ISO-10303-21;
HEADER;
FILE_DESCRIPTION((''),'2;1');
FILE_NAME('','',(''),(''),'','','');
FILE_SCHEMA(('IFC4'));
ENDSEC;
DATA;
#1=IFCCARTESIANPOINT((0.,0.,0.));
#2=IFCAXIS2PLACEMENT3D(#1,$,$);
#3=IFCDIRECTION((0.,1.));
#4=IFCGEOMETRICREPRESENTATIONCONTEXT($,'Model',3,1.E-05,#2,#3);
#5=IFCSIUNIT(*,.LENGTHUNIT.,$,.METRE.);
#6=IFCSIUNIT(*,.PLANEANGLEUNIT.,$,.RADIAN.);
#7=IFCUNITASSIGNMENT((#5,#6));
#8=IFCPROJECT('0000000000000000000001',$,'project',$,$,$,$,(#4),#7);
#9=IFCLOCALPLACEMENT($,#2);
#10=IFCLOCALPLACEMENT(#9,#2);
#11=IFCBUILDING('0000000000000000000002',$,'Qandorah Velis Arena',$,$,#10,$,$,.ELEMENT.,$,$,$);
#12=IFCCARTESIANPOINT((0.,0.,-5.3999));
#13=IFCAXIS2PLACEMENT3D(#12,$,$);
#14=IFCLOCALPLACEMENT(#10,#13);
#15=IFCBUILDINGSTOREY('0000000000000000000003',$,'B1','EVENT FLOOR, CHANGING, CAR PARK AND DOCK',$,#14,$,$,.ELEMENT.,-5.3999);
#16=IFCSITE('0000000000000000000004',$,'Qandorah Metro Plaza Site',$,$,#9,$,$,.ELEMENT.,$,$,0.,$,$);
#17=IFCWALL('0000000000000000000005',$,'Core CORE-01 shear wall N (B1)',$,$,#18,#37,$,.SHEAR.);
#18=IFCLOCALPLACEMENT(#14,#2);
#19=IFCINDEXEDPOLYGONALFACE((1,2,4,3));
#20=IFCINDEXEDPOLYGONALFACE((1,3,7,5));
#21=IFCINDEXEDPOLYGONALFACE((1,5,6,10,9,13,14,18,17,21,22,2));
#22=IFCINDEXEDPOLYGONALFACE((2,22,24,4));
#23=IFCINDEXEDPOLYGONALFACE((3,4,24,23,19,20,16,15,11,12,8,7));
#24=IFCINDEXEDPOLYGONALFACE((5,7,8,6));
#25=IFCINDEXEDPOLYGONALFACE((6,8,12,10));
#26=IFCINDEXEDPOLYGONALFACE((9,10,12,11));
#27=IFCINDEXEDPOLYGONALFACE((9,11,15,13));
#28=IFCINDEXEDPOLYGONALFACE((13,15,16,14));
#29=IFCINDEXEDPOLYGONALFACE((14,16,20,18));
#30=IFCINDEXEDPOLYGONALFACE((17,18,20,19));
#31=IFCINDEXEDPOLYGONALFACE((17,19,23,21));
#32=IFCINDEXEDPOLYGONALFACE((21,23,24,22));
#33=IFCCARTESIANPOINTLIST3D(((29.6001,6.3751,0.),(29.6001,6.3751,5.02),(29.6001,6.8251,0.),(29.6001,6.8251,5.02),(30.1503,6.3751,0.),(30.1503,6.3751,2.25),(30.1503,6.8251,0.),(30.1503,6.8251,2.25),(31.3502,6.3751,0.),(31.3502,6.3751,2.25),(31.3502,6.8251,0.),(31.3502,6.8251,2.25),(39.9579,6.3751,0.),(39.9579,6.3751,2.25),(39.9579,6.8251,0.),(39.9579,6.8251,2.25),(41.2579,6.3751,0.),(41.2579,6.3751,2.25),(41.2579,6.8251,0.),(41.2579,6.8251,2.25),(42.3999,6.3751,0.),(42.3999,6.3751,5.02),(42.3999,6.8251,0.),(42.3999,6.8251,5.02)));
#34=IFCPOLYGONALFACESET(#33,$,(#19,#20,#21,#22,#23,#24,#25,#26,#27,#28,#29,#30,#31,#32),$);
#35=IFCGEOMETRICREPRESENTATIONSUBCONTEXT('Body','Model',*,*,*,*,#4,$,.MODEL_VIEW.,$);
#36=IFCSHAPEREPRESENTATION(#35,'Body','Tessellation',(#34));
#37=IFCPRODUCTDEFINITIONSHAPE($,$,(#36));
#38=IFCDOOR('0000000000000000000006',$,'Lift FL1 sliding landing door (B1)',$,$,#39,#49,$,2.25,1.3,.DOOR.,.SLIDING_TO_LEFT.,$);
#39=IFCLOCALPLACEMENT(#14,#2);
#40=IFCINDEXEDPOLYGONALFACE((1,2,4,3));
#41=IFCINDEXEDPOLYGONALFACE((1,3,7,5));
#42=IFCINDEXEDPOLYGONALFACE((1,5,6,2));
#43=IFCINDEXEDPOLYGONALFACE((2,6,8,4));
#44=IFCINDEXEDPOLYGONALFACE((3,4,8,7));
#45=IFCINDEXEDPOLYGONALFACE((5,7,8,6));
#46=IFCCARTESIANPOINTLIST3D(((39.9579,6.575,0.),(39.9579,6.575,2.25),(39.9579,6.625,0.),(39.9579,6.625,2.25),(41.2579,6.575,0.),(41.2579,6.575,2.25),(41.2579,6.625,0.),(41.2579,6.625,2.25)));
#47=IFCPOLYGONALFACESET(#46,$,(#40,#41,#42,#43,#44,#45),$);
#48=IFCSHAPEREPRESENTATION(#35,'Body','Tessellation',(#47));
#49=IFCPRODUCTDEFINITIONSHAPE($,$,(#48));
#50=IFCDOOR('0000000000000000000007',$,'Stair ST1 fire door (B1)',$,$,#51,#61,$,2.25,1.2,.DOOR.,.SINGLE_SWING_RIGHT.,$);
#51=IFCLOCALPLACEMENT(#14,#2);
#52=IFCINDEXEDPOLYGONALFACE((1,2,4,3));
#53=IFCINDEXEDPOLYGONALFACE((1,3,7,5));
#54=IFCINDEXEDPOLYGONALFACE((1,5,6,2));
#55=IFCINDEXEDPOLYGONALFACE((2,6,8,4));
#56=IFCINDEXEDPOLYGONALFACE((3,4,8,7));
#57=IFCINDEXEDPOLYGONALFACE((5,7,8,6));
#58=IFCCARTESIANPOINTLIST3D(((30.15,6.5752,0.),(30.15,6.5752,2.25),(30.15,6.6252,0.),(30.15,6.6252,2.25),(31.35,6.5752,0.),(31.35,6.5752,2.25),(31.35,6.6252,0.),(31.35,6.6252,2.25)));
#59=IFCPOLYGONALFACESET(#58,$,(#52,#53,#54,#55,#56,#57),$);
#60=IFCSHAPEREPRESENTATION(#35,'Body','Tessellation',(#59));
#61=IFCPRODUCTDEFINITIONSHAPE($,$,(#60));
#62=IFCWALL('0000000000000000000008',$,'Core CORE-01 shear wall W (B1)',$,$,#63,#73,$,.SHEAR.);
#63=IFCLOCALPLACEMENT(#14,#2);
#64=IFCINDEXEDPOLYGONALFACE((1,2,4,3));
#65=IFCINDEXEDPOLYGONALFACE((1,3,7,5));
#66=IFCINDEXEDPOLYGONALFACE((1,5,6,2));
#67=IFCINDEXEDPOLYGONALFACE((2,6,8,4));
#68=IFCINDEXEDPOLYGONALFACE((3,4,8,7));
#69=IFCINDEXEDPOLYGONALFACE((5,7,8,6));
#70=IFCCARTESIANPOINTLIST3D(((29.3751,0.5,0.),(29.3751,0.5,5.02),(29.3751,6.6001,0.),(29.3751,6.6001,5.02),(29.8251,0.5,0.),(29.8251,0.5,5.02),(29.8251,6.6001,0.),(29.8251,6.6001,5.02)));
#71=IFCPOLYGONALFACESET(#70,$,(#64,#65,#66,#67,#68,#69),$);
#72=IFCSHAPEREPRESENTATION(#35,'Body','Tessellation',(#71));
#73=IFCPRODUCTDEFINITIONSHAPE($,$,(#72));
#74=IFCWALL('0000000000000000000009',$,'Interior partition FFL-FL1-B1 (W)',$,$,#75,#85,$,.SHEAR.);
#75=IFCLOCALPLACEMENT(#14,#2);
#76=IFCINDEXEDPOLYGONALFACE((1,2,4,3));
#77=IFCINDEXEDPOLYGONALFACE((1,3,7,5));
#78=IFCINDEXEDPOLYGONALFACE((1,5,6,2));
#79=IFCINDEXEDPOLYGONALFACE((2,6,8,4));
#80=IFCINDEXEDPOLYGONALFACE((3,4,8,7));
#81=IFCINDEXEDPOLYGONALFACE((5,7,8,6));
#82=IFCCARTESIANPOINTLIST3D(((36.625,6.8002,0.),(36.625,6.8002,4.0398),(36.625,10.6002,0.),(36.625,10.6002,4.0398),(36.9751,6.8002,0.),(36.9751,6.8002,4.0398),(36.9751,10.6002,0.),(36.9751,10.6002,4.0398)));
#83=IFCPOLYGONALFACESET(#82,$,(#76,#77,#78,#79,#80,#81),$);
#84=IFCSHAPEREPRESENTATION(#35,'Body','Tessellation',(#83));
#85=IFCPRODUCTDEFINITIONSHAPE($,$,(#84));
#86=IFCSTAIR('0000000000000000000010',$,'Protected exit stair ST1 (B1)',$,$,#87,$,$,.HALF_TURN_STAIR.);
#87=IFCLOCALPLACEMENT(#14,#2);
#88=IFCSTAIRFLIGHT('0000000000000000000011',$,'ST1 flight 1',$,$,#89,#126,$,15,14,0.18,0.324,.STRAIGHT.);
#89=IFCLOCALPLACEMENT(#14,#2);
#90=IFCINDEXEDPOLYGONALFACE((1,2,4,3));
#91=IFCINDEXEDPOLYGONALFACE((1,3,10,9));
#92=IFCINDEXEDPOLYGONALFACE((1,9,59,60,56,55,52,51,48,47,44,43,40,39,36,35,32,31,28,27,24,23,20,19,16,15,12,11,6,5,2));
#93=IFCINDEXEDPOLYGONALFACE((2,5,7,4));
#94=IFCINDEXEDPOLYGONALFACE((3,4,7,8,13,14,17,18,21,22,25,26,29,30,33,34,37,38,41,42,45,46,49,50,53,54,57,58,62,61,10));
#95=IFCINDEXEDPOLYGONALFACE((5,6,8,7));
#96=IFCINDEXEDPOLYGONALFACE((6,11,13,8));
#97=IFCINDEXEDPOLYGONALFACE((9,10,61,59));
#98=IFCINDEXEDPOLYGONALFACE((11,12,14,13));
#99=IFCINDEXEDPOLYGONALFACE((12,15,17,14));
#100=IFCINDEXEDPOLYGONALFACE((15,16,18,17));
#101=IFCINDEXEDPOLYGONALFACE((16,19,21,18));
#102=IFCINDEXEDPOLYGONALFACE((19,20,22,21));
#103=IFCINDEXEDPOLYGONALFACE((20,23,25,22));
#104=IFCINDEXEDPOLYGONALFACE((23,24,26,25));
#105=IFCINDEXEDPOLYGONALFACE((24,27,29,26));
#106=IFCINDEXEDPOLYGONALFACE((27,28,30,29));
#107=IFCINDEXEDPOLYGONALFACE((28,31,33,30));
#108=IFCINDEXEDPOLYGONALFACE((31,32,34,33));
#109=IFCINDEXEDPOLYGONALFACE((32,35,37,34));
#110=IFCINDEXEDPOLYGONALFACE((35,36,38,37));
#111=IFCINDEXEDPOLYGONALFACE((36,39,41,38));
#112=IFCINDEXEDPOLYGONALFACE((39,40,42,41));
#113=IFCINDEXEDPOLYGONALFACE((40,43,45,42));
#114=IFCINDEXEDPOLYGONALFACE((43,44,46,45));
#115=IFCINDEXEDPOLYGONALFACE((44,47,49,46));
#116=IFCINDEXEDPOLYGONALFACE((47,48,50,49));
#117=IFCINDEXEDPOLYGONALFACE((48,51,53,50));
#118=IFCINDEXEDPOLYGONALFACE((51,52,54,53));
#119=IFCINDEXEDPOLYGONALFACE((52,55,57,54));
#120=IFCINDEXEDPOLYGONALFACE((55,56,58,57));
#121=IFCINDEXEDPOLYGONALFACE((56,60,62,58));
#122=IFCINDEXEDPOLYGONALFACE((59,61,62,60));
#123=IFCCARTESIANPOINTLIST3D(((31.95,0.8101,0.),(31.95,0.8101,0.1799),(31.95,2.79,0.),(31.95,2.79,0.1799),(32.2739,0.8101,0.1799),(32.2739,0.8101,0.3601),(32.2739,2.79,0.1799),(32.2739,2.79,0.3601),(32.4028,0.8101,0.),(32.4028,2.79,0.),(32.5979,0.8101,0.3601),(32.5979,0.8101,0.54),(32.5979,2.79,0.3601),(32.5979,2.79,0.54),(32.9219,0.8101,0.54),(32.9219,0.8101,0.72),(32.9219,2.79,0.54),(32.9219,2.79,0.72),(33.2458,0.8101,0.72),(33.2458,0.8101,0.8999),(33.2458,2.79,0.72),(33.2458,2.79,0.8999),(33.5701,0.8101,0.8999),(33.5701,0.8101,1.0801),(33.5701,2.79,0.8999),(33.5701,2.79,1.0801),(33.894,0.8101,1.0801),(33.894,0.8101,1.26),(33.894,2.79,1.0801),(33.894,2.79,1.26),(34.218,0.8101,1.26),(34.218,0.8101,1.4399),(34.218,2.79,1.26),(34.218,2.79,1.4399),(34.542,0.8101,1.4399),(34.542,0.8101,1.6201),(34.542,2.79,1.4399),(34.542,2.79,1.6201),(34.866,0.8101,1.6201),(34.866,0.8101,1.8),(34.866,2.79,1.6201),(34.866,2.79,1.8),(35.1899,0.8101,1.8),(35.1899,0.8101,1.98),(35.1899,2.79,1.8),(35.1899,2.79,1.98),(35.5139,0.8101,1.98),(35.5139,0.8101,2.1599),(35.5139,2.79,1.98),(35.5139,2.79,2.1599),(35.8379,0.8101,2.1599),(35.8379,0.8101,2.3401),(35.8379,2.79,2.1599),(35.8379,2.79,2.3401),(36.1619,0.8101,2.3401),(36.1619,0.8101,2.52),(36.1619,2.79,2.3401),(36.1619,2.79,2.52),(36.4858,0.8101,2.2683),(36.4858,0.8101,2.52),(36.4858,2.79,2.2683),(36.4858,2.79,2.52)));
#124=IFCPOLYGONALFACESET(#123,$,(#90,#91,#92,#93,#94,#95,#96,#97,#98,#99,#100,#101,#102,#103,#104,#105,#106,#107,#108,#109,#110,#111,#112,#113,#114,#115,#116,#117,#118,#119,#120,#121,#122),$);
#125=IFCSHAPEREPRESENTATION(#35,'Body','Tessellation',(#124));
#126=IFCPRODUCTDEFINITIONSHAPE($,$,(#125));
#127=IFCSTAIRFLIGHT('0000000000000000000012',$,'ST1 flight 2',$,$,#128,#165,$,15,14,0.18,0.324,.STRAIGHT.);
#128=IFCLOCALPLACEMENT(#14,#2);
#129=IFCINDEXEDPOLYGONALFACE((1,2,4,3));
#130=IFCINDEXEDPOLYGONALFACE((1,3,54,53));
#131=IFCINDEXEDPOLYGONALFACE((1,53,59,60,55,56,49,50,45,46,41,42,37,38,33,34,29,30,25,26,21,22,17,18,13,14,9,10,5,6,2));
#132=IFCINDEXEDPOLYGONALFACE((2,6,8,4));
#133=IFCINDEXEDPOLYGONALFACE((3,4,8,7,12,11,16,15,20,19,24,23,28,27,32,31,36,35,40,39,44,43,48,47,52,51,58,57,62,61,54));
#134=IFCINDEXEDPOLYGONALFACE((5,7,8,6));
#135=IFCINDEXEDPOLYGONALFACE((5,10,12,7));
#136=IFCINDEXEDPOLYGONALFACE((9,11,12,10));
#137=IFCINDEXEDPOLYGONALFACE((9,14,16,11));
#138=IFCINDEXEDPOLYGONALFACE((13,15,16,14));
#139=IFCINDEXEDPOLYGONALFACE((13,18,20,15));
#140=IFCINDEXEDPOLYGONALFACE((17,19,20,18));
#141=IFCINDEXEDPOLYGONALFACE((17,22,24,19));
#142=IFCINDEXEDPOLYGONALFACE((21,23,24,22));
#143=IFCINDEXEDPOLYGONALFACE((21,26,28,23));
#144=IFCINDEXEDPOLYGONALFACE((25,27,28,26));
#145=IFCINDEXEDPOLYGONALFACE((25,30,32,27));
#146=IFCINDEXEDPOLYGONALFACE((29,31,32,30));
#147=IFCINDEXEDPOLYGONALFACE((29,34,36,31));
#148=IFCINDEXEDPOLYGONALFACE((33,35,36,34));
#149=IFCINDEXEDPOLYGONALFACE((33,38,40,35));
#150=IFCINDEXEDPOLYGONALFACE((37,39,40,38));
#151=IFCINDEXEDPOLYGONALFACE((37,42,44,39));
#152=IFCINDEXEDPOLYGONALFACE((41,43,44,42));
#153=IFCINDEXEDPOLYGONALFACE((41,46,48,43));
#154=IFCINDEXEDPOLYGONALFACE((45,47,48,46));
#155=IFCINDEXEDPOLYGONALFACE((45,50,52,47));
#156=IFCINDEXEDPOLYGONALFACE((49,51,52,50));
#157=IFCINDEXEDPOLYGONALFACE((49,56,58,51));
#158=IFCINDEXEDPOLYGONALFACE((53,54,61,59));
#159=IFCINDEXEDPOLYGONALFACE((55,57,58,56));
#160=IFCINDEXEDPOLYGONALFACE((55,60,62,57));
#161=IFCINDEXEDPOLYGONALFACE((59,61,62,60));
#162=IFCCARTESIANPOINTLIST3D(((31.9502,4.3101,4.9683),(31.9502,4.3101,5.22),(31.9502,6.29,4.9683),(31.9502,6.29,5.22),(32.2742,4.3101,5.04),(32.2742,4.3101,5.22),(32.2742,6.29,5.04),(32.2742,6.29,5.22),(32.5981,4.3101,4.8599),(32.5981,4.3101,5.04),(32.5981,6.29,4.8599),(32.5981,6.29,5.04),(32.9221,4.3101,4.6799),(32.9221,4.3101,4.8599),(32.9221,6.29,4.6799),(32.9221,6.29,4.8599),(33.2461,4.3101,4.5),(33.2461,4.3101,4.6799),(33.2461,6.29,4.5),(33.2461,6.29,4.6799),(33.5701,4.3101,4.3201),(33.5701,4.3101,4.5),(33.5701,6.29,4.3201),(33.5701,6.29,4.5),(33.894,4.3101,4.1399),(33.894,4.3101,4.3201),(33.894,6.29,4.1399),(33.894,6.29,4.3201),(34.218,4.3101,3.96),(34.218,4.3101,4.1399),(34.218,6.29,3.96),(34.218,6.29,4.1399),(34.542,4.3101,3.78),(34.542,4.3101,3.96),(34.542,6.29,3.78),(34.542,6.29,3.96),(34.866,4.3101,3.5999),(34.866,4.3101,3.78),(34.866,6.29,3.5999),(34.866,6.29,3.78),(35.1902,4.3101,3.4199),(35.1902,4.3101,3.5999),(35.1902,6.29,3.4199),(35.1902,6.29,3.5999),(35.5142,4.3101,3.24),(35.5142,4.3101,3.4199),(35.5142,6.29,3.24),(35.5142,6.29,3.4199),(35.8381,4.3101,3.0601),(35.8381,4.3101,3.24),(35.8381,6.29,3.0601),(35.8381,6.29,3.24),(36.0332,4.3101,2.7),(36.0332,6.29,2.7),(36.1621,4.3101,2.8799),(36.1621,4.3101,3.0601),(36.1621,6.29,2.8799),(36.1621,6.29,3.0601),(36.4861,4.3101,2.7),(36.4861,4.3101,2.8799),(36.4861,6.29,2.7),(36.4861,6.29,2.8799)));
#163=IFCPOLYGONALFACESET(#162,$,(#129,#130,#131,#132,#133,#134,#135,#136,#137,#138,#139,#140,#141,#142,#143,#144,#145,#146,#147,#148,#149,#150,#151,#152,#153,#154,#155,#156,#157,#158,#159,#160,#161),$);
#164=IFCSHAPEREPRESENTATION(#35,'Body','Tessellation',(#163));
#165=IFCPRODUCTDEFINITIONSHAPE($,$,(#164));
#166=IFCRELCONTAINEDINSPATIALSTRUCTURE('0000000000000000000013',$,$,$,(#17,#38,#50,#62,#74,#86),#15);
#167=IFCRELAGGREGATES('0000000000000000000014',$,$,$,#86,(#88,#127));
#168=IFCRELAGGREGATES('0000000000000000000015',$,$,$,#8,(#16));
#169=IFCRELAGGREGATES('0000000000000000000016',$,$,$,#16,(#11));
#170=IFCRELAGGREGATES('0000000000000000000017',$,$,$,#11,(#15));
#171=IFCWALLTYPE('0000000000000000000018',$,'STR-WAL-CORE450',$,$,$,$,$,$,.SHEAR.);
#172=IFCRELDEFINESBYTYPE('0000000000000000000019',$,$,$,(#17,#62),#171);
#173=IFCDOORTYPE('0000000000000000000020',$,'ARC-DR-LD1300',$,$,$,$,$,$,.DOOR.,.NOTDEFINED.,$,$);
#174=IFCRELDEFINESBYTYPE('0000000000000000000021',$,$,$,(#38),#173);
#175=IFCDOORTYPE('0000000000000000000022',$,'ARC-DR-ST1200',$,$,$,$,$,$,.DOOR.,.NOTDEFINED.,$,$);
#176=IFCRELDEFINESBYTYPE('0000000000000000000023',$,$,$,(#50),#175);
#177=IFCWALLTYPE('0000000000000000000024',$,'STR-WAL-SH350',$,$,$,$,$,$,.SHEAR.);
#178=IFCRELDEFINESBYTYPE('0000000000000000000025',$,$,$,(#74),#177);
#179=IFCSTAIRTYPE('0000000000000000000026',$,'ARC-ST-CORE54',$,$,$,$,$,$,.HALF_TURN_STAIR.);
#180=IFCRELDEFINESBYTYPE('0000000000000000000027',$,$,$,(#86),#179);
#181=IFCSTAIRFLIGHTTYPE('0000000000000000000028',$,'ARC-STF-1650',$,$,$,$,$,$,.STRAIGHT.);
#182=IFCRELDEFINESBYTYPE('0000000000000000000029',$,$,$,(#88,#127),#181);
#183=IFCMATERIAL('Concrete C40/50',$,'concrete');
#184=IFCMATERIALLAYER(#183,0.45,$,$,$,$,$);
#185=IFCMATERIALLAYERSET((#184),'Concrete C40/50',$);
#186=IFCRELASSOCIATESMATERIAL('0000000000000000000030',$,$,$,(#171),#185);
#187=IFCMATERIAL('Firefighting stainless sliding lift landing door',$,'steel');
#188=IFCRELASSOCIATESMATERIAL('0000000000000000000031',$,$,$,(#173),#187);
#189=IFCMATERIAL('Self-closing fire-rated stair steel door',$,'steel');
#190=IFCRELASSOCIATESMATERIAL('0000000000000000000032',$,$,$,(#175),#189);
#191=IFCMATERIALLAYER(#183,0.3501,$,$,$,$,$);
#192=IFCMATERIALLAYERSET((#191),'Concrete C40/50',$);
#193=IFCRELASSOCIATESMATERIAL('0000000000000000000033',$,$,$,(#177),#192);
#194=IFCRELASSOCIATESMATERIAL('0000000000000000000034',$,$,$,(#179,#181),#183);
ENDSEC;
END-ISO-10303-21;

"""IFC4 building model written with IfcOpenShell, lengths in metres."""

from ifc_helpers import new_model, si_unit, direction, frame, frame_2d, origin, place, context, subcontext, project, spatial, polyline, rectangle, outline, extrude, material, layer, layer_set, type_object, element, fill, aggregate, save


model = new_model("IFC4")

# Units and contexts
model_context = context("Model", 3, precision=1e-05, world=origin(), true_north=direction((0.0, 1.0)))
body_context = subcontext(model_context, "Body", "Model", "MODEL_VIEW")
ifc_project = project(units=[si_unit("LENGTHUNIT", "METRE"), si_unit("PLANEANGLEUNIT", "RADIAN")], contexts=[model_context])

# Site, building, storey
site_placement = place(None, origin())
site = spatial("IfcSite", under=ifc_project, at=site_placement, Name="Qandorah Metro Plaza Site", CompositionType="ELEMENT", RefElevation=0.0)
building_placement = place(site_placement, origin())
building = spatial("IfcBuilding", under=site, at=building_placement, Name="Qandorah Velis Arena", CompositionType="ELEMENT")
storey_placement = place(building_placement, frame((0.0, 0.0, -5.3999)))
storey = spatial("IfcBuildingStorey", under=building, at=storey_placement, Name="B1", Description="EVENT FLOOR, CHANGING, CAR PARK AND DOCK", CompositionType="ELEMENT", Elevation=-5.3999)

# Shared definitions
ifc_material_1 = material(Name="Concrete C40/50", Category="concrete")

# Shared definitions
ifc_layer_1 = layer(ifc_material_1, 0.45)
ifc_layer_set_1 = layer_set([ifc_layer_1], Name="Concrete C40/50")
wall_type_1 = type_object("IfcWallType", Name="STR-WAL-CORE450", PredefinedType="SHEAR", material=ifc_layer_set_1)

# Wall, openings, doors
wall_1_placement = place(storey_placement, frame((29.6001, 6.6001, 0.0), z_axis=(0.0, 0.0, 1.0), x_axis=(1.0, 0.0, 0.0)))
wall_1 = element("IfcWall", 1, at=wall_1_placement, inside=storey, type_object=wall_type_1, Name="Core CORE-01 shear wall N (B1)", PredefinedType="SHEAR", context=body_context, shape_type="SweptSolid", body=[
    extrude(rectangle(XDim=12.7998, YDim=0.45, at=frame_2d((6.3999, 0.0))), origin(), (0.0, 0.0, 1.0), 5.02),
])
opening_1_placement = place(wall_1_placement, frame((0.55, 0.0, 0.0)))
opening_1 = element("IfcOpeningElement", 2, at=opening_1_placement, cuts=wall_1, PredefinedType="OPENING", context=body_context, shape_type="SweptSolid", body=[
    extrude(rectangle(XDim=1.2, YDim=2.25, at=frame_2d((0.6001, 1.125))), frame((0.0, 0.2349, 0.0), z_axis=(0.0, -1.0, 0.0), x_axis=(1.0, 0.0, 0.0)), (0.0, 0.0, 1.0), 0.47),
])
opening_2_placement = place(wall_1_placement, frame((10.3579, 0.0, 0.0)))
opening_2 = element("IfcOpeningElement", 3, at=opening_2_placement, cuts=wall_1, PredefinedType="OPENING", context=body_context, shape_type="SweptSolid", body=[
    extrude(rectangle(XDim=1.3, YDim=2.25, at=frame_2d((0.6499, 1.125))), frame((0.0, 0.2349, 0.0), z_axis=(0.0, -1.0, 0.0), x_axis=(1.0, 0.0, 0.0)), (0.0, 0.0, 1.0), 0.47),
])
ifc_material_2 = material(Name="Firefighting stainless sliding lift landing door", Category="steel")
door_type_1 = type_object("IfcDoorType", Name="ARC-DR-LD1300", OperationType="NOTDEFINED", PredefinedType="DOOR", material=ifc_material_2)
door_1_placement = place(opening_2_placement, origin())
door_1 = element("IfcDoor", 4, at=door_1_placement, inside=storey, type_object=door_type_1, Name="Lift FL1 sliding landing door (B1)", OperationType="SLIDING_TO_LEFT", OverallHeight=2.25, OverallWidth=1.3, PredefinedType="DOOR", context=body_context, shape_type="SweptSolid", body=[
    extrude(rectangle(XDim=1.3, YDim=2.25, at=frame_2d((0.6499, 1.125))), frame((0.0, 0.0249, 0.0), z_axis=(0.0, -1.0, 0.0), x_axis=(1.0, 0.0, 0.0)), (0.0, 0.0, 1.0), 0.05),
])
fill(opening_2, door_1)
ifc_material_3 = material(Name="Self-closing fire-rated stair steel door", Category="steel")
door_type_2 = type_object("IfcDoorType", Name="ARC-DR-ST1200", OperationType="NOTDEFINED", PredefinedType="DOOR", material=ifc_material_3)
door_2_placement = place(opening_1_placement, frame((1.2, 0.0, 0.0), z_axis=(0.0, 0.0, 1.0), x_axis=(-1.0, 0.0, 0.0)))
door_2 = element("IfcDoor", 5, at=door_2_placement, inside=storey, type_object=door_type_2, Name="Stair ST1 fire door (B1)", OperationType="SINGLE_SWING_RIGHT", OverallHeight=2.25, OverallWidth=1.2, PredefinedType="DOOR", context=body_context, shape_type="SweptSolid", body=[
    extrude(rectangle(XDim=1.2, YDim=2.25, at=frame_2d((0.6001, 1.125))), frame((0.0, 0.0249, 0.0), z_axis=(0.0, -1.0, 0.0), x_axis=(1.0, 0.0, 0.0)), (0.0, 0.0, 1.0), 0.05),
])
fill(opening_1, door_2)

# Walls
wall_2_placement = place(storey_placement, frame((29.6001, 0.5, 0.0), z_axis=(0.0, 0.0, 1.0), x_axis=(0.0, 1.0, 0.0)))
element("IfcWall", 6, at=wall_2_placement, inside=storey, type_object=wall_type_1, Name="Core CORE-01 shear wall W (B1)", PredefinedType="SHEAR", context=body_context, shape_type="SweptSolid", body=[
    extrude(rectangle(XDim=6.1001, YDim=0.45, at=frame_2d((3.05, 0.0))), origin(), (0.0, 0.0, 1.0), 5.02),
])
ifc_layer_2 = layer(ifc_material_1, 0.3501)
ifc_layer_set_2 = layer_set([ifc_layer_2], Name="Concrete C40/50")
wall_type_2 = type_object("IfcWallType", Name="STR-WAL-SH350", PredefinedType="SHEAR", material=ifc_layer_set_2)
wall_3_placement = place(storey_placement, frame((36.8, 10.6001, 0.0), z_axis=(0.0, 0.0, 1.0), x_axis=(0.0, -1.0, 0.0)))
element("IfcWall", 7, at=wall_3_placement, inside=storey, type_object=wall_type_2, Name="Interior partition FFL-FL1-B1 (W)", PredefinedType="SHEAR", context=body_context, shape_type="SweptSolid", body=[
    extrude(rectangle(XDim=3.8, YDim=0.3501, at=frame_2d((1.8999, 0.0))), origin(), (0.0, 0.0, 1.0), 4.0398),
])

# Stair, stair flights
stair_type = type_object("IfcStairType", Name="ARC-ST-CORE54", PredefinedType="HALF_TURN_STAIR", material=ifc_material_1)
stair_placement = place(storey_placement, origin())
stair = element("IfcStair", 8, at=stair_placement, inside=storey, type_object=stair_type, Name="Protected exit stair ST1 (B1)", PredefinedType="HALF_TURN_STAIR")
stair_flight_type = type_object("IfcStairFlightType", Name="ARC-STF-1650", PredefinedType="STRAIGHT", material=ifc_material_1)
stair_flight_1_placement = place(storey_placement, frame((31.95, 1.8, 0.0), z_axis=(0.0, 0.0, 1.0), x_axis=(1.0, 0.0, 0.0)))
stair_flight_1 = element("IfcStairFlight", 9, at=stair_flight_1_placement, type_object=stair_flight_type, Name="ST1 flight 1", NumberOfRisers=15, NumberOfTreads=14, PredefinedType="STRAIGHT", RiserHeight=0.18, TreadLength=0.324, context=body_context, shape_type="SweptSolid", body=[
    extrude(outline(polyline([(0.0, 0.0), (0.0, 0.1799), (0.324, 0.1799), (0.324, 0.3601), (0.6479, 0.3601), (0.6479, 0.54), (0.9719, 0.54), (0.9719, 0.72), (1.2959, 0.72), (1.2959, 0.8999), (1.6201, 0.8999), (1.6201, 1.0801), (1.9441, 1.0801), (1.9441, 1.26), (2.2681, 1.26), (2.2681, 1.4399), (2.592, 1.4399), (2.592, 1.6201), (2.916, 1.6201), (2.916, 1.8), (3.24, 1.8), (3.24, 1.98), (3.564, 1.98), (3.564, 2.1599), (3.8879, 2.1599), (3.8879, 2.3401), (4.2119, 2.3401), (4.2119, 2.52), (4.5359, 2.52), (4.5359, 2.7), (4.5359, 2.2683), (0.4529, 0.0), (0.0, 0.0)])), frame((0.0, 0.99, 0.0), z_axis=(0.0, -1.0, 0.0), x_axis=(1.0, 0.0, 0.0)), (0.0, 0.0, 1.0), 1.98),
])
stair_flight_2_placement = place(storey_placement, frame((36.4861, 5.3, 2.7), z_axis=(0.0, 0.0, 1.0), x_axis=(-1.0, 0.0, 0.0)))
stair_flight_2 = element("IfcStairFlight", 10, at=stair_flight_2_placement, type_object=stair_flight_type, Name="ST1 flight 2", NumberOfRisers=15, NumberOfTreads=14, PredefinedType="STRAIGHT", RiserHeight=0.18, TreadLength=0.324, context=body_context, shape_type="SweptSolid", body=[
    extrude(outline(polyline([(0.0, 0.0), (0.0, 0.1799), (0.324, 0.1799), (0.324, 0.3601), (0.6479, 0.3601), (0.6479, 0.54), (0.9719, 0.54), (0.9719, 0.72), (1.2959, 0.72), (1.2959, 0.8999), (1.6201, 0.8999), (1.6201, 1.0801), (1.9441, 1.0801), (1.9441, 1.26), (2.2681, 1.26), (2.2681, 1.4399), (2.592, 1.4399), (2.592, 1.6201), (2.916, 1.6201), (2.916, 1.8), (3.24, 1.8), (3.24, 1.98), (3.564, 1.98), (3.564, 2.1599), (3.8879, 2.1599), (3.8879, 2.3401), (4.2119, 2.3401), (4.2119, 2.52), (4.5359, 2.52), (4.5359, 2.7), (4.5359, 2.2683), (0.4529, 0.0), (0.0, 0.0)])), frame((0.0, 0.99, 0.0), z_axis=(0.0, -1.0, 0.0), x_axis=(1.0, 0.0, 0.0)), (0.0, 0.0, 1.0), 1.98),
])
aggregate(stair, [stair_flight_1, stair_flight_2])

save(model, "model.ifc")
